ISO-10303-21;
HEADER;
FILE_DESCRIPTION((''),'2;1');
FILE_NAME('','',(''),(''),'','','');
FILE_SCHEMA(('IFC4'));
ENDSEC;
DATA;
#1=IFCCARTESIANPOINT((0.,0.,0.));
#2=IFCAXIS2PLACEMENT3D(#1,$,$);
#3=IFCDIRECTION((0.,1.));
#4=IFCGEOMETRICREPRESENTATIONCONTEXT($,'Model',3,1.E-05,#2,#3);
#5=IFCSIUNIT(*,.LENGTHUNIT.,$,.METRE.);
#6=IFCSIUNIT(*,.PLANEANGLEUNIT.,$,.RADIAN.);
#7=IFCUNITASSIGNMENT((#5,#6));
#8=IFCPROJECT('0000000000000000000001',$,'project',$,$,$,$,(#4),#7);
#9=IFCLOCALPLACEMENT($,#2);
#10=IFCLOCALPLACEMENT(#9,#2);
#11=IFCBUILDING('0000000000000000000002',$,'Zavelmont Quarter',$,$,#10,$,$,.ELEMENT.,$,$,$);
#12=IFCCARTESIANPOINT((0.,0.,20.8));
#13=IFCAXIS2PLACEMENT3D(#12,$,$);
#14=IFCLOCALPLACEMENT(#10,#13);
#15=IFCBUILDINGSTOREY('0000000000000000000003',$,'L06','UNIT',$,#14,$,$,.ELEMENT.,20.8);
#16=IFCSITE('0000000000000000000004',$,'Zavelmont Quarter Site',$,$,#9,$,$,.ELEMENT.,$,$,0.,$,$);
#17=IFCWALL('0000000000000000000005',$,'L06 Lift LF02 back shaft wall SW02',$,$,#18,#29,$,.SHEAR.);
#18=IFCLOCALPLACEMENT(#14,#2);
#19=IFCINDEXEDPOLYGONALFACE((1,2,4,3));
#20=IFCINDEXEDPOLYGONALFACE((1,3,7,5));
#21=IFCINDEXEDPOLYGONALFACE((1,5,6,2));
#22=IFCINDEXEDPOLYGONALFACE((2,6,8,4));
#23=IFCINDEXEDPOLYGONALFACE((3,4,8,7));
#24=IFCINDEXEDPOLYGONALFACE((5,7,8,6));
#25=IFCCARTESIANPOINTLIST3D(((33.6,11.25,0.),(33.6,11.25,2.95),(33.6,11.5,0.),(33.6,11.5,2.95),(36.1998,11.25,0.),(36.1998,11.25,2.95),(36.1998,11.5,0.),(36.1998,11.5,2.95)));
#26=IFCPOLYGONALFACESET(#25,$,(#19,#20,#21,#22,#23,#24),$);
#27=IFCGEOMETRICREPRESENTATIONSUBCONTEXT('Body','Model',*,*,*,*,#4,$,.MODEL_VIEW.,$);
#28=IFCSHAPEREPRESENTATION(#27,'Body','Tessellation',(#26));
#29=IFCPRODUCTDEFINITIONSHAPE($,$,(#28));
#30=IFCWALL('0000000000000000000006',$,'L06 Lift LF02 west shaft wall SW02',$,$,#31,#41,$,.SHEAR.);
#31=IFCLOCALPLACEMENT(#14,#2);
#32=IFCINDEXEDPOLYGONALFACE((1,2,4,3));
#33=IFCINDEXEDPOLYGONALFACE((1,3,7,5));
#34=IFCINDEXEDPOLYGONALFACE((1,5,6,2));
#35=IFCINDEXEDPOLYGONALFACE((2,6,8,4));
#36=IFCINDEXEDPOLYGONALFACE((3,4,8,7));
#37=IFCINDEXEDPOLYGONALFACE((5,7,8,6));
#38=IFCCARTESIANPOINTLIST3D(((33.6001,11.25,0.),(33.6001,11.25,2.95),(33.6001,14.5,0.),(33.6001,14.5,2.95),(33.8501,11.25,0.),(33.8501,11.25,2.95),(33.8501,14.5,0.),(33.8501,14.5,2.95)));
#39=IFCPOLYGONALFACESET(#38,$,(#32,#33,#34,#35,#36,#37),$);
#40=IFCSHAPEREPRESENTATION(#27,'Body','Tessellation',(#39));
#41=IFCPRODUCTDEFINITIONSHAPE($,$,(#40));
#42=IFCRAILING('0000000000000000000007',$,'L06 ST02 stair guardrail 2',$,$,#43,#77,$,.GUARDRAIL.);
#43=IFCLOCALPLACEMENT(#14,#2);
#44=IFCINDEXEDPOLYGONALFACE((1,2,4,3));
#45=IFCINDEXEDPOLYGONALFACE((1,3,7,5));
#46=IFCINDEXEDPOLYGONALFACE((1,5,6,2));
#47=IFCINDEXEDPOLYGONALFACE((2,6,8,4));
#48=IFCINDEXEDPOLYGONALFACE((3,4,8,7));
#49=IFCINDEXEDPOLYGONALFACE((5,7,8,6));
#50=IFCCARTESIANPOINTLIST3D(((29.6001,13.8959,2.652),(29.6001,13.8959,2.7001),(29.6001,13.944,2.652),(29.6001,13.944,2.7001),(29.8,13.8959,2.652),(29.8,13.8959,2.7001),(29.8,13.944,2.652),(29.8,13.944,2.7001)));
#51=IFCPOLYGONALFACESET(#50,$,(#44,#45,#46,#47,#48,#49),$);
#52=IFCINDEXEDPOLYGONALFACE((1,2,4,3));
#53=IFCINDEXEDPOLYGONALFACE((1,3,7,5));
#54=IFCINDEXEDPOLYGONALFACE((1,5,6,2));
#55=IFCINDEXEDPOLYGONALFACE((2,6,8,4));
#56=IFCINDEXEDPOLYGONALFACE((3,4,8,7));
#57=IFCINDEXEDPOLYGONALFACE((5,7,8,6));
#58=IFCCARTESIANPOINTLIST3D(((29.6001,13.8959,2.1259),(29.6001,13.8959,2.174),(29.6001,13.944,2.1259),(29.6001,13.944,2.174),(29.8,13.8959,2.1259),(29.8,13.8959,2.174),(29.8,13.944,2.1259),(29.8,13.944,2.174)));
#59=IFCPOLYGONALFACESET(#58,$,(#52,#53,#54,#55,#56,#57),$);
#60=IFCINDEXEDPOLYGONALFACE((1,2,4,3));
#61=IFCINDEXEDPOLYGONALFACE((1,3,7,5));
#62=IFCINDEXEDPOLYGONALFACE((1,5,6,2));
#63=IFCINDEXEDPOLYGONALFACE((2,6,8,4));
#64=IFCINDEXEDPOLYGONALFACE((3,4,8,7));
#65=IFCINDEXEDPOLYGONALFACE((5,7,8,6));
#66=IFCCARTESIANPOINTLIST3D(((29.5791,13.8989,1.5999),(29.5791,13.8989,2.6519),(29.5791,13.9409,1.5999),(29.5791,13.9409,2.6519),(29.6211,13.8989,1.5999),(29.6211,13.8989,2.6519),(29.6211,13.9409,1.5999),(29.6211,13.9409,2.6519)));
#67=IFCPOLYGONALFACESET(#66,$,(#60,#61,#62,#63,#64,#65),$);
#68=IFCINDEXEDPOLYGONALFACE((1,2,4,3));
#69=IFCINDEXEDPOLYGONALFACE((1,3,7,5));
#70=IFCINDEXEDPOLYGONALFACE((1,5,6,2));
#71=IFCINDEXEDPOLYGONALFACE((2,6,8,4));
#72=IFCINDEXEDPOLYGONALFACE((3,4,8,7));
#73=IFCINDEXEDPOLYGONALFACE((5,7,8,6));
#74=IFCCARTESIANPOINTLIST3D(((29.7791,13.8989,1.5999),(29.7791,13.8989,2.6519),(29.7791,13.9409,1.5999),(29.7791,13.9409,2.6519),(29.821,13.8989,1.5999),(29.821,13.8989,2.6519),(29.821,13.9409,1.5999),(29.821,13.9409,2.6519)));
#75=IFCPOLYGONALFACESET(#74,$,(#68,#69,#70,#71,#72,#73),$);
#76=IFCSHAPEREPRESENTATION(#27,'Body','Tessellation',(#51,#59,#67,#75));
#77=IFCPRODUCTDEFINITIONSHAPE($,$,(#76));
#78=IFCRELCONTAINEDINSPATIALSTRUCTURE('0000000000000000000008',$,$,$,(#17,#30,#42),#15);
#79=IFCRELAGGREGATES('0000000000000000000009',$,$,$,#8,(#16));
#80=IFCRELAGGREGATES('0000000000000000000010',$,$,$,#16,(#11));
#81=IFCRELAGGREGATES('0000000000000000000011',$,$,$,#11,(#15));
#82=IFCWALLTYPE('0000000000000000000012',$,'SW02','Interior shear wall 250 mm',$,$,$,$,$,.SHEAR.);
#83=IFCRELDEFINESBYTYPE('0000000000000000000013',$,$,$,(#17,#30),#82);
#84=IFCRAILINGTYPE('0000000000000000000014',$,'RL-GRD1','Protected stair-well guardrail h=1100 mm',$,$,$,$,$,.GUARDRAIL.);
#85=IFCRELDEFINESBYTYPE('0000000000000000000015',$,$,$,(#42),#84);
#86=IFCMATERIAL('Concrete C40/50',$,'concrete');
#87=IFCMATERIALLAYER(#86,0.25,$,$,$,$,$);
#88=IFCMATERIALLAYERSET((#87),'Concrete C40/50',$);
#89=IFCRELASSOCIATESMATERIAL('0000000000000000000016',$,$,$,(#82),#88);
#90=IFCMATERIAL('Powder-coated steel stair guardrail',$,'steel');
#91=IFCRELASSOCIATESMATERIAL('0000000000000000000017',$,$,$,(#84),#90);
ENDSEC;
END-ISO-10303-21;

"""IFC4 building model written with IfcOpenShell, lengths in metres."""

from ifc_helpers import new_model, si_unit, direction, frame, frame_2d, origin, origin_2d, place, context, subcontext, project, spatial, rectangle, extrude, material, layer, layer_set, type_object, element, save


model = new_model("IFC4")

# Units and contexts
model_context = context("Model", 3, precision=1e-05, world=origin(), true_north=direction((0.0, 1.0)))
body_context = subcontext(model_context, "Body", "Model", "MODEL_VIEW")
ifc_project = project(units=[si_unit("LENGTHUNIT", "METRE"), si_unit("PLANEANGLEUNIT", "RADIAN")], contexts=[model_context])

# Site, building, storey
site_placement = place(None, origin())
site = spatial("IfcSite", under=ifc_project, at=site_placement, Name="Zavelmont Quarter Site", CompositionType="ELEMENT", RefElevation=0.0)
building_placement = place(site_placement, origin())
building = spatial("IfcBuilding", under=site, at=building_placement, Name="Zavelmont Quarter", CompositionType="ELEMENT")
storey_placement = place(building_placement, frame((0.0, 0.0, 20.8)))
storey = spatial("IfcBuildingStorey", under=building, at=storey_placement, Name="L06", Description="UNIT", CompositionType="ELEMENT", Elevation=20.8)

# Shared definitions
ifc_material_1 = material(Name="Concrete C40/50", Category="concrete")

# Walls
ifc_layer_1 = layer(ifc_material_1, 0.25)
ifc_layer_set_1 = layer_set([ifc_layer_1], Name="Concrete C40/50")
wall_type_1 = type_object("IfcWallType", Name="SW02", Description="Interior shear wall 250 mm", PredefinedType="SHEAR", material=ifc_layer_set_1)
wall_1_placement = place(storey_placement, frame((33.6001, 11.375, 0.0), z_axis=(0.0, 0.0, 1.0), x_axis=(1.0, 0.0, 0.0)))
element("IfcWall", 1, at=wall_1_placement, inside=storey, type_object=wall_type_1, Name="L06 Lift LF02 back shaft wall SW02", PredefinedType="SHEAR", context=body_context, shape_type="SweptSolid", body=[
    extrude(rectangle(XDim=2.5999, YDim=0.25, at=frame_2d((1.2998, 0.0))), origin(), (0.0, 0.0, 1.0), 2.95),
])
wall_2_placement = place(storey_placement, frame((33.7251, 11.25, 0.0), z_axis=(0.0, 0.0, 1.0), x_axis=(0.0, 1.0, 0.0)))
element("IfcWall", 2, at=wall_2_placement, inside=storey, type_object=wall_type_1, Name="L06 Lift LF02 west shaft wall SW02", PredefinedType="SHEAR", context=body_context, shape_type="SweptSolid", body=[
    extrude(rectangle(XDim=3.25, YDim=0.25, at=frame_2d((1.625, 0.0))), origin(), (0.0, 0.0, 1.0), 2.95),
])

# Railing
ifc_material_2 = material(Name="Powder-coated steel stair guardrail", Category="steel")
railing_type = type_object("IfcRailingType", Name="RL-GRD1", Description="Protected stair-well guardrail h=1100 mm", PredefinedType="GUARDRAIL", material=ifc_material_2)
railing_placement = place(storey_placement, frame((29.6001, 13.9199, 1.5999)))
element("IfcRailing", 3, at=railing_placement, inside=storey, type_object=railing_type, Name="L06 ST02 stair guardrail 2", PredefinedType="GUARDRAIL", context=body_context, shape_type="SweptSolid", body=[
    extrude(rectangle(XDim=0.0481, YDim=0.0481, at=origin_2d()), frame((0.0, 0.0, 1.0762), z_axis=(1.0, 0.0, 0.0), x_axis=(0.0, 1.0, 0.0)), (0.0, 0.0, 1.0), 0.2),
    extrude(rectangle(XDim=0.0481, YDim=0.0481, at=origin_2d()), frame((0.0, 0.0, 0.55), z_axis=(1.0, 0.0, 0.0), x_axis=(0.0, 1.0, 0.0)), (0.0, 0.0, 1.0), 0.2),
    extrude(rectangle(XDim=0.042, YDim=0.042, at=origin_2d()), origin(), (0.0, 0.0, 1.0), 1.052),
    extrude(rectangle(XDim=0.042, YDim=0.042, at=origin_2d()), frame((0.2, 0.0, 0.0)), (0.0, 0.0, 1.0), 1.052),
])

save(model, "model.ifc")
